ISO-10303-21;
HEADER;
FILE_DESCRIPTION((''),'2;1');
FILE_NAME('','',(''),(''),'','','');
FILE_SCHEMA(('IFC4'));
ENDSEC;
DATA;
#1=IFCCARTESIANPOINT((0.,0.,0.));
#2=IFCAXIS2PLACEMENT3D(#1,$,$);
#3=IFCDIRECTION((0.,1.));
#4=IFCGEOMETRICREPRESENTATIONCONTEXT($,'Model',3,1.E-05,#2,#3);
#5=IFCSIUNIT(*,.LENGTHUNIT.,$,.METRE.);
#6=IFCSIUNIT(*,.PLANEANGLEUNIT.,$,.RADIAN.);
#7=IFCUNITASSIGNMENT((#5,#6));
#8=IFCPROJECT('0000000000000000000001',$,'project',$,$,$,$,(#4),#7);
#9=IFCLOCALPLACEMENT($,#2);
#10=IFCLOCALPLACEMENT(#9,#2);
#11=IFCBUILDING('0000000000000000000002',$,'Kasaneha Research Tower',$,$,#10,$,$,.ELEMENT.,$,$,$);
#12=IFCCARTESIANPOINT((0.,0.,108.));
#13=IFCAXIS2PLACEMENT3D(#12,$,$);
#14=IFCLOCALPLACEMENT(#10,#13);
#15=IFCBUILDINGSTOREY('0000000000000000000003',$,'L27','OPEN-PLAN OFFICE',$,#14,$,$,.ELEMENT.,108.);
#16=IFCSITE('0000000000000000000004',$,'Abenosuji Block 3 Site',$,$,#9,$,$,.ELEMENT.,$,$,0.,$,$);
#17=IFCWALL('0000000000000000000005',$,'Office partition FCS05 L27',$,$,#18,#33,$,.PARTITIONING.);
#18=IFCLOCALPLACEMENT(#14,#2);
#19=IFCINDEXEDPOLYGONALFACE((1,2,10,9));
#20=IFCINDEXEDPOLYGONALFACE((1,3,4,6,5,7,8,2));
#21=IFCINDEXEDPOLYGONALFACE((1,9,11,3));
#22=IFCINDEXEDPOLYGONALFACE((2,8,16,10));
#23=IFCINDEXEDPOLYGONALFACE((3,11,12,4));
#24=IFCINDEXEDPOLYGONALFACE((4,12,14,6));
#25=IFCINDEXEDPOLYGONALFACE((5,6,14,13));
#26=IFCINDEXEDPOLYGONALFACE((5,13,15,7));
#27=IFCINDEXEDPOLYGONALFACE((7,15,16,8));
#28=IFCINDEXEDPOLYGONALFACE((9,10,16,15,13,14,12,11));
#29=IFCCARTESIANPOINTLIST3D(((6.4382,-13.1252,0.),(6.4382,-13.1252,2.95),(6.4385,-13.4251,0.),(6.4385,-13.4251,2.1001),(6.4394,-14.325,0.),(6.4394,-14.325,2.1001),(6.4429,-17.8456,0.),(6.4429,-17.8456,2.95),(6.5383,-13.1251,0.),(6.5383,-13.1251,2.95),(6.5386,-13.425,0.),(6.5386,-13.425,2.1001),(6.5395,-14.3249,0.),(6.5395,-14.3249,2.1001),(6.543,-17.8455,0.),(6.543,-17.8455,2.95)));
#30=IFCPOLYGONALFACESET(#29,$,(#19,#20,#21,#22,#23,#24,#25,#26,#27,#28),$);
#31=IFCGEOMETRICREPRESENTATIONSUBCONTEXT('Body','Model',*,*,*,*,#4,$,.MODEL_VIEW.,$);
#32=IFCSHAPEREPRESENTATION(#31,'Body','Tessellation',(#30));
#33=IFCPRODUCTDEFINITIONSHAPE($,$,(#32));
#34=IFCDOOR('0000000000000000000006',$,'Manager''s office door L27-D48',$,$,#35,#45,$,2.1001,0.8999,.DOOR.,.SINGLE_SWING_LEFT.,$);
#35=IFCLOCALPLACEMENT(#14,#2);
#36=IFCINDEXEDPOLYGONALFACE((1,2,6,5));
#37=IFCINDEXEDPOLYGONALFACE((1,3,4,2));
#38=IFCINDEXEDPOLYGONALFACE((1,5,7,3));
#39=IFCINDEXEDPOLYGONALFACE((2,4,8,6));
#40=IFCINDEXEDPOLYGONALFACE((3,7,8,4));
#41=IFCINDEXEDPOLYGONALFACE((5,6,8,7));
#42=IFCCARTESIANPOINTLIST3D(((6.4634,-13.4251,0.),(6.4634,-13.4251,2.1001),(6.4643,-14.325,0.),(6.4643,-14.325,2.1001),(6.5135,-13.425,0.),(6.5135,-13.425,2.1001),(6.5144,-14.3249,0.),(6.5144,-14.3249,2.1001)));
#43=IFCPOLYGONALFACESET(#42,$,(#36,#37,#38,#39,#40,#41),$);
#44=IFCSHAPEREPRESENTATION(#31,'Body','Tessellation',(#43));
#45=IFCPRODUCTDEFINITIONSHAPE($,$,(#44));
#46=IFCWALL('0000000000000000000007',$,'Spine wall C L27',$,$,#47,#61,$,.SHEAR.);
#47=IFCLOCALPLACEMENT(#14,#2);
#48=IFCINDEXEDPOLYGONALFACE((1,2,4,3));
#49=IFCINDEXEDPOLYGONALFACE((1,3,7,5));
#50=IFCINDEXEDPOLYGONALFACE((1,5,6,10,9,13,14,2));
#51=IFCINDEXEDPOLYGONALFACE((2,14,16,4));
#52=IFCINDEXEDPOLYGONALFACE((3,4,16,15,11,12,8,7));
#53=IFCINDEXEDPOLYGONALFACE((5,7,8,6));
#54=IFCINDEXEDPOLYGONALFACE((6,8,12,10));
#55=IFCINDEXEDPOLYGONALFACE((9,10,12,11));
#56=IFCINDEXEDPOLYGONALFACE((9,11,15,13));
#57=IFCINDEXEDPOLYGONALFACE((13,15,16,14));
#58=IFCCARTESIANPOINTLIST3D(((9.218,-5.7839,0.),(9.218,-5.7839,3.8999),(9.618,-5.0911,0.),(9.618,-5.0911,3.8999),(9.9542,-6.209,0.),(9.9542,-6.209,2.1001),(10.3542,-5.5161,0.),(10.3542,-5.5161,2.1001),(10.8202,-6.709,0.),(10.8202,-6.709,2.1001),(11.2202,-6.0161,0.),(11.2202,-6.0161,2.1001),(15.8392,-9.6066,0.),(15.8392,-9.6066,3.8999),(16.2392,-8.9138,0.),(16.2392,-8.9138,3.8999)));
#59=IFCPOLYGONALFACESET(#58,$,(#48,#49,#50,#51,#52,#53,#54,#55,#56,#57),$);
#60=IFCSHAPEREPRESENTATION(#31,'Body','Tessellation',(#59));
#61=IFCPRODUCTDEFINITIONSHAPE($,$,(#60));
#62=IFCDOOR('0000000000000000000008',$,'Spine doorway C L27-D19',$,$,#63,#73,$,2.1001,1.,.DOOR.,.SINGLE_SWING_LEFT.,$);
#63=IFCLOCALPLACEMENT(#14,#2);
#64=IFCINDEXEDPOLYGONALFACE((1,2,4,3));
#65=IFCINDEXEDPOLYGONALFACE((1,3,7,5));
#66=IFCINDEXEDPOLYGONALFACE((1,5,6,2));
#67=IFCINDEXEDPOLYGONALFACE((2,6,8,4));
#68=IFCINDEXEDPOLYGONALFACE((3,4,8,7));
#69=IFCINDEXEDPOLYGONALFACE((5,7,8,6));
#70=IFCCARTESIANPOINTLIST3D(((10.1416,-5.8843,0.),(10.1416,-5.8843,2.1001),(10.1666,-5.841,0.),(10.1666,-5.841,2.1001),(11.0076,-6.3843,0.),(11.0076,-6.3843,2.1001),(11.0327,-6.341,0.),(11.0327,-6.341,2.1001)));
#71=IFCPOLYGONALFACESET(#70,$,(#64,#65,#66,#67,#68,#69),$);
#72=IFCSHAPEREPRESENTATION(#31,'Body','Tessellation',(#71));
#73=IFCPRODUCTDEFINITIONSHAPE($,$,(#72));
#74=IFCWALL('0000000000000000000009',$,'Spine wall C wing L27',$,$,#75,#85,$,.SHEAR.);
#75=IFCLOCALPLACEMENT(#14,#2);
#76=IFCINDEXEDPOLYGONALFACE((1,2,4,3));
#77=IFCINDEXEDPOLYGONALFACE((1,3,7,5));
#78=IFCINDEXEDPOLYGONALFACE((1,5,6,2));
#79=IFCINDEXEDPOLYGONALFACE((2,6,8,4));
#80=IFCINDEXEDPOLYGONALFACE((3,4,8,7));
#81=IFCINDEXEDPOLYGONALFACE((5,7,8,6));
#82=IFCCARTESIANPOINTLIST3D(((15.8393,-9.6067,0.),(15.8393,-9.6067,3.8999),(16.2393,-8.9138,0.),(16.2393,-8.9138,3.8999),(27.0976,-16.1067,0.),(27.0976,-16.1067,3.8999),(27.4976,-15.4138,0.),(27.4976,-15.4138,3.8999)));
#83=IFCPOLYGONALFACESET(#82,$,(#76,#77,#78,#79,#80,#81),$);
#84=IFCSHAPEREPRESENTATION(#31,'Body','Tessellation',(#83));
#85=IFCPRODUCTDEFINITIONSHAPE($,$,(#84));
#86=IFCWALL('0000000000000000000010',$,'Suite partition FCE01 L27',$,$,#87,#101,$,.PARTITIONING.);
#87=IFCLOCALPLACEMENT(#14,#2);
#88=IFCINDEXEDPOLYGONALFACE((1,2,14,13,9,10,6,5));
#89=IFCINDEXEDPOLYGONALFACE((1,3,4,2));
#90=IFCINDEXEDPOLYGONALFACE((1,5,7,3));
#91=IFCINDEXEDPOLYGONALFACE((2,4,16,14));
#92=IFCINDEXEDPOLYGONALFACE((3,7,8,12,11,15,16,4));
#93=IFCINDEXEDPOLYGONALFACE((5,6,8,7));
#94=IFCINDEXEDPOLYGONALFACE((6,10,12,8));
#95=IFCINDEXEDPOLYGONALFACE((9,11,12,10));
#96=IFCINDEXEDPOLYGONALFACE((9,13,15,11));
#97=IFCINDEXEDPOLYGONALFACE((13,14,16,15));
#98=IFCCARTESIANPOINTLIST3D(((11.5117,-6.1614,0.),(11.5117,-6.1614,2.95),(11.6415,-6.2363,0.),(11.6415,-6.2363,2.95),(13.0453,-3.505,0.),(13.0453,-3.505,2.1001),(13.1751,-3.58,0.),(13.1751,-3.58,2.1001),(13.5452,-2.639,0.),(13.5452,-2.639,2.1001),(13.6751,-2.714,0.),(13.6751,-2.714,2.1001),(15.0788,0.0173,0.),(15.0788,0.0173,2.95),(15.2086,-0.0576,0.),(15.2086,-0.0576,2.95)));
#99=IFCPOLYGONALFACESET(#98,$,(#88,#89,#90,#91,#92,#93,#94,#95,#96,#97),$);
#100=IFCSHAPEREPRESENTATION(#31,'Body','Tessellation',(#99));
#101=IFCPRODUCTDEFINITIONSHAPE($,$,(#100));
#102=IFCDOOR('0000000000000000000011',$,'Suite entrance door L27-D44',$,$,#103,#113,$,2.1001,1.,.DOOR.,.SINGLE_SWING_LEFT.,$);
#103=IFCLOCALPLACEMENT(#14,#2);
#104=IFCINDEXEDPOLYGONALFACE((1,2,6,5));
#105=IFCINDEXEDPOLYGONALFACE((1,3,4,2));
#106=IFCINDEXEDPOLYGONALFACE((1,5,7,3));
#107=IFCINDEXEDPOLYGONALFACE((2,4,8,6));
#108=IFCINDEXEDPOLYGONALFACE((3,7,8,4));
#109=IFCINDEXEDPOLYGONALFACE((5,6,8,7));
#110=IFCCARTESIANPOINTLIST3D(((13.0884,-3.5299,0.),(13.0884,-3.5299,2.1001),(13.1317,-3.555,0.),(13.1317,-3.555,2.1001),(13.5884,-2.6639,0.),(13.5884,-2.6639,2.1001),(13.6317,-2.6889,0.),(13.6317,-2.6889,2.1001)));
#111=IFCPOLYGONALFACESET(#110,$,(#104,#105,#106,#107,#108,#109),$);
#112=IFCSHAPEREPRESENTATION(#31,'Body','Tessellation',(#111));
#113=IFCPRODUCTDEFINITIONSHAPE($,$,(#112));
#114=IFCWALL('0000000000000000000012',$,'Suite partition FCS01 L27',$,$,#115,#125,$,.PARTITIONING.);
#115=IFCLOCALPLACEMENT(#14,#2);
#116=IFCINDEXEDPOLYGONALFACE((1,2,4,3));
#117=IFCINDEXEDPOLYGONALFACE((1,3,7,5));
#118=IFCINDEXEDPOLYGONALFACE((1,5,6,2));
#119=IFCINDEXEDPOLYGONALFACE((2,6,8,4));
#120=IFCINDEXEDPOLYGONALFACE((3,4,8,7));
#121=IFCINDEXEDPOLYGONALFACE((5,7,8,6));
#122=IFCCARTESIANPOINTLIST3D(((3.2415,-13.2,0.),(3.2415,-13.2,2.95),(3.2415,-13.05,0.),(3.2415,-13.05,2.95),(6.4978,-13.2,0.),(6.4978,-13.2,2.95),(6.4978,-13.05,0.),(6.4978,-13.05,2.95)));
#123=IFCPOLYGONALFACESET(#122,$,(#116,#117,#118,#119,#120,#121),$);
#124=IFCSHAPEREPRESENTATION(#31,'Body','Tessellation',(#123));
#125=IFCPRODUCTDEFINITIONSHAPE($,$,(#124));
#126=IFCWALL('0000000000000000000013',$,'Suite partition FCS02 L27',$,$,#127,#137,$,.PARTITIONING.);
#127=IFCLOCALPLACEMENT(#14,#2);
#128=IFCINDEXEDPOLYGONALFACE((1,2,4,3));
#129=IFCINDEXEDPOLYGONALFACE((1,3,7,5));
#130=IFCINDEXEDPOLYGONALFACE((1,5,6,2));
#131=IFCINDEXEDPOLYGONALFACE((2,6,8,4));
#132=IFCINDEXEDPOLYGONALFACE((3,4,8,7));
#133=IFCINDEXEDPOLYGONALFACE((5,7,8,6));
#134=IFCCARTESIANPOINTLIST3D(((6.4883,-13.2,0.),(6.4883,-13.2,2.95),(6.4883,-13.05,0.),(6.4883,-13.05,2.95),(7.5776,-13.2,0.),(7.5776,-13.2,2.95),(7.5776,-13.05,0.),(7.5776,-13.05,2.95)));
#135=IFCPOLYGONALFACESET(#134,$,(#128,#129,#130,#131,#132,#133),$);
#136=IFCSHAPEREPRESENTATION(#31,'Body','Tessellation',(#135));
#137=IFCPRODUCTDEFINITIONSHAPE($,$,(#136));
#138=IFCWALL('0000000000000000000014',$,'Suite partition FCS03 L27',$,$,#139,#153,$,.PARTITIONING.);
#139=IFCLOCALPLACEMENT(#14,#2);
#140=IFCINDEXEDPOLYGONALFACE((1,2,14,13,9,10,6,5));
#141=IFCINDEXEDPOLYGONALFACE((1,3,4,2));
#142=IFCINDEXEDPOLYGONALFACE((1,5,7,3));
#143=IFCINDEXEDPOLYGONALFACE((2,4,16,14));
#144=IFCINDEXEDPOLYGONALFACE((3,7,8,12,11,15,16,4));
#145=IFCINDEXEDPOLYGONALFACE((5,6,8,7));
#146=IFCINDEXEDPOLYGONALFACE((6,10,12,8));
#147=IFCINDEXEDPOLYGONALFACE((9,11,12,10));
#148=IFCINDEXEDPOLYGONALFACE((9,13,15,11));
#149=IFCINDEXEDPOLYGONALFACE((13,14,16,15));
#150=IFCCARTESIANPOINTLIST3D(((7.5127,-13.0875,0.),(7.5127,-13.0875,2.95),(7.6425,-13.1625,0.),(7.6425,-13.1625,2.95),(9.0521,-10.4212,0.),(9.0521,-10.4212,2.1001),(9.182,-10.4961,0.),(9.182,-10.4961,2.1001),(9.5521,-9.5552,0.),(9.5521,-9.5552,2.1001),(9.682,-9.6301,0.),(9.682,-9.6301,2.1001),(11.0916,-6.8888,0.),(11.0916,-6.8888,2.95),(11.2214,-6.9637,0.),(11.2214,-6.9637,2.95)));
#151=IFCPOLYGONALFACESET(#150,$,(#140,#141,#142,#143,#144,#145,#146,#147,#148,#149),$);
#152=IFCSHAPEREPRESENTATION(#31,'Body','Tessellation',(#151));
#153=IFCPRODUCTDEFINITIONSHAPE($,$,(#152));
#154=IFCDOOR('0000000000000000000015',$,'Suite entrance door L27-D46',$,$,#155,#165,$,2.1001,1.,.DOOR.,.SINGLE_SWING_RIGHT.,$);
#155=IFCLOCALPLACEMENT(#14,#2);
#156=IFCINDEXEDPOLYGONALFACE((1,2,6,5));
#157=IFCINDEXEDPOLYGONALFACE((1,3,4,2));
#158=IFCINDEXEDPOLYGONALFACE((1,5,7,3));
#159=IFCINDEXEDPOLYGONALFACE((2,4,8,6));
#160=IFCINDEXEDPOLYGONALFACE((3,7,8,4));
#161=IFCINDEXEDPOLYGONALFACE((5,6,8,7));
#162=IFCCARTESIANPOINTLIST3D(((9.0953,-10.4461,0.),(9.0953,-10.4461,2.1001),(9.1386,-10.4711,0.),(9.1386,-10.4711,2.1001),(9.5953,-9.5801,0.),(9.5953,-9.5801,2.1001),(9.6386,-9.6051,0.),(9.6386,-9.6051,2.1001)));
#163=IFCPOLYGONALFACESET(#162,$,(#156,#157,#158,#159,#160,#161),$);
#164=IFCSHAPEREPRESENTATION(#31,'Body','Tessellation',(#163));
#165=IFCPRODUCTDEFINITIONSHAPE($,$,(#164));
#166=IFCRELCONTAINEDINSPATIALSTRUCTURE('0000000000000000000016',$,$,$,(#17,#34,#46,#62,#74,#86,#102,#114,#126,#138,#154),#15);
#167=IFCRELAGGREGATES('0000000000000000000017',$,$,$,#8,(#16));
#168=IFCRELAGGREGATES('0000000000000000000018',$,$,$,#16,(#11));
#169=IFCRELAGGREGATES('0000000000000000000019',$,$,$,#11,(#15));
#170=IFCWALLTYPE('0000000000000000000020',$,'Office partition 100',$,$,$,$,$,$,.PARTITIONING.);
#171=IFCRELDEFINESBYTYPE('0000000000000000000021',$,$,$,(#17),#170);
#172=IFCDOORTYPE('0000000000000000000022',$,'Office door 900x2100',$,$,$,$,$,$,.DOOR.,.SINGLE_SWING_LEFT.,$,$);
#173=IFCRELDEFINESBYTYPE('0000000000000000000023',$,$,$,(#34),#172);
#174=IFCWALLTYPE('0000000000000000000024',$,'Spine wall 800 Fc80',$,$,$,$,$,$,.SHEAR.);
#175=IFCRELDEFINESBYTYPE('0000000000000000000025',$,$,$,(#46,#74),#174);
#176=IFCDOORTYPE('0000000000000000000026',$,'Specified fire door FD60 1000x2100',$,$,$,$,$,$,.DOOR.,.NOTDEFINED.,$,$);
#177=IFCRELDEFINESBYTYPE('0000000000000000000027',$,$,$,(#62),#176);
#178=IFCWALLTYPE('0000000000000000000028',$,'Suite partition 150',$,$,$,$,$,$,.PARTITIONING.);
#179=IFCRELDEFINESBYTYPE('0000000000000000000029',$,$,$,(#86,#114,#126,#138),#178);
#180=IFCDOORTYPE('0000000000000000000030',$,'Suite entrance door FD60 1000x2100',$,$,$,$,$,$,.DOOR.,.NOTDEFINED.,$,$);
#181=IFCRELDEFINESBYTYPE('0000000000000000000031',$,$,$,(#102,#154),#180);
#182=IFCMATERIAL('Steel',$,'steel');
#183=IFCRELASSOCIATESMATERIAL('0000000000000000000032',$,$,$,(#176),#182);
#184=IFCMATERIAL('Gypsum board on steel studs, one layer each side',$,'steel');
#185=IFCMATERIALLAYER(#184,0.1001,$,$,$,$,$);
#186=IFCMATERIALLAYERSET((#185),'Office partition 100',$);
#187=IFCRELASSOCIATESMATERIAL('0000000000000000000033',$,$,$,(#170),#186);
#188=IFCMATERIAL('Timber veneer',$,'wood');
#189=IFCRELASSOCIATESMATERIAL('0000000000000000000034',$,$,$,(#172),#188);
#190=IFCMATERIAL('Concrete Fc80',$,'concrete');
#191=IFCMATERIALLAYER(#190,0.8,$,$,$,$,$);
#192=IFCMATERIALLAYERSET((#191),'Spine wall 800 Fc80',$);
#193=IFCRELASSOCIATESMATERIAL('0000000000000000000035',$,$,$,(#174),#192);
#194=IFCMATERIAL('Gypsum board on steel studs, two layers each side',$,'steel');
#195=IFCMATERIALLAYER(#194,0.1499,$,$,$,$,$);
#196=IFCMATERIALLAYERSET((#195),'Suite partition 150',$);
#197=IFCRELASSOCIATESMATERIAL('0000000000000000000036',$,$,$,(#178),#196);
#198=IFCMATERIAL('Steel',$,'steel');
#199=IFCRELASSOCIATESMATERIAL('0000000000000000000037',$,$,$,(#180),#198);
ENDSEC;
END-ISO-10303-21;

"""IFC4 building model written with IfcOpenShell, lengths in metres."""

from ifc_helpers import new_model, si_unit, direction, frame, frame_2d, origin, place, context, subcontext, project, spatial, rectangle, extrude, material, layer, layer_set, type_object, element, fill, save


model = new_model("IFC4")

# Units and contexts
model_context = context("Model", 3, precision=1e-05, world=origin(), true_north=direction((0.0, 1.0)))
body_context = subcontext(model_context, "Body", "Model", "MODEL_VIEW")
ifc_project = project(units=[si_unit("LENGTHUNIT", "METRE"), si_unit("PLANEANGLEUNIT", "RADIAN")], contexts=[model_context])

# Site, building, storey
site_placement = place(None, origin())
site = spatial("IfcSite", under=ifc_project, at=site_placement, Name="Abenosuji Block 3 Site", CompositionType="ELEMENT", RefElevation=0.0)
building_placement = place(site_placement, origin())
building = spatial("IfcBuilding", under=site, at=building_placement, Name="Kasaneha Research Tower", CompositionType="ELEMENT")
storey_placement = place(building_placement, frame((0.0, 0.0, 108.0)))
storey = spatial("IfcBuildingStorey", under=building, at=storey_placement, Name="L27", Description="OPEN-PLAN OFFICE", CompositionType="ELEMENT", Elevation=108.0)

# Shared definitions
ifc_material_1 = material(Name="Steel", Category="steel")
door_type_1 = type_object("IfcDoorType", Name="Specified fire door FD60 1000x2100", OperationType="NOTDEFINED", PredefinedType="DOOR", material=ifc_material_1)

# Walls, openings, doors
ifc_material_2 = material(Name="Gypsum board on steel studs, one layer each side", Category="steel")
ifc_layer_1 = layer(ifc_material_2, 0.1001)
ifc_layer_set_1 = layer_set([ifc_layer_1], Name="Office partition 100")
wall_type_1 = type_object("IfcWallType", Name="Office partition 100", PredefinedType="PARTITIONING", material=ifc_layer_set_1)
wall_1_placement = place(storey_placement, frame((6.4883, -13.125, 0.0), z_axis=(0.0, 0.0, 1.0), x_axis=(0.000983, -1.0, 0.0)))
wall_1 = element("IfcWall", 1, at=wall_1_placement, inside=storey, type_object=wall_type_1, Name="Office partition FCS05 L27", PredefinedType="PARTITIONING", context=body_context, shape_type="SweptSolid", body=[
    extrude(rectangle(XDim=4.7205, YDim=0.1001, at=frame_2d((2.3604, 0.0))), origin(), (0.0, 0.0, 1.0), 2.95),
])
opening_1_placement = place(wall_1_placement, frame((0.3, 0.0, 0.0)))
opening_1 = element("IfcOpeningElement", 2, at=opening_1_placement, cuts=wall_1, PredefinedType="OPENING", context=body_context, shape_type="SweptSolid", body=[
    extrude(rectangle(XDim=0.8999, YDim=2.1001, at=frame_2d((0.45, 1.05))), frame((0.0, 0.0601, 0.0), z_axis=(0.0, -1.0, 0.0), x_axis=(1.0, 0.0, 0.0)), (0.0, 0.0, 1.0), 0.1201),
])
ifc_material_3 = material(Name="Timber veneer", Category="wood")
door_type_2 = type_object("IfcDoorType", Name="Office door 900x2100", OperationType="SINGLE_SWING_LEFT", PredefinedType="DOOR", material=ifc_material_3)
door_1_placement = place(opening_1_placement, origin())
door_1 = element("IfcDoor", 3, at=door_1_placement, inside=storey, type_object=door_type_2, Name="Manager's office door L27-D48", OperationType="SINGLE_SWING_LEFT", OverallHeight=2.1001, OverallWidth=0.8999, PredefinedType="DOOR", context=body_context, shape_type="SweptSolid", body=[
    extrude(rectangle(XDim=0.8999, YDim=2.1001, at=frame_2d((0.45, 1.05))), frame((0.0, 0.0249, 0.0), z_axis=(0.0, -1.0, 0.0), x_axis=(1.0, 0.0, 0.0)), (0.0, 0.0, 1.0), 0.05),
])
fill(opening_1, door_1)
ifc_material_4 = material(Name="Concrete Fc80", Category="concrete")
ifc_layer_2 = layer(ifc_material_4, 0.8)
ifc_layer_set_2 = layer_set([ifc_layer_2], Name="Spine wall 800 Fc80")
wall_type_2 = type_object("IfcWallType", Name="Spine wall 800 Fc80", PredefinedType="SHEAR", material=ifc_layer_set_2)
wall_2_placement = place(storey_placement, frame((9.418, -5.4375, 0.0), z_axis=(0.0, 0.0, 1.0), x_axis=(0.86603, -0.499992, 0.0)))
wall_2 = element("IfcWall", 4, at=wall_2_placement, inside=storey, type_object=wall_type_2, Name="Spine wall C L27", PredefinedType="SHEAR", context=body_context, shape_type="SweptSolid", body=[
    extrude(rectangle(XDim=7.6455, YDim=0.8, at=frame_2d((3.8228, 0.0))), origin(), (0.0, 0.0, 1.0), 3.8999),
])
opening_2_placement = place(wall_2_placement, frame((0.8501, 0.0, 0.0)))
opening_2 = element("IfcOpeningElement", 5, at=opening_2_placement, cuts=wall_2, PredefinedType="OPENING", context=body_context, shape_type="SweptSolid", body=[
    extrude(rectangle(XDim=1.0, YDim=2.1001, at=frame_2d((0.5, 1.05))), frame((0.0, 0.4102, 0.0), z_axis=(0.0, -1.0, 0.0), x_axis=(1.0, 0.0, 0.0)), (0.0, 0.0, 1.0), 0.8201),
])
door_2_placement = place(opening_2_placement, origin())
door_2 = element("IfcDoor", 6, at=door_2_placement, inside=storey, type_object=door_type_1, Name="Spine doorway C L27-D19", OperationType="SINGLE_SWING_LEFT", OverallHeight=2.1001, OverallWidth=1.0, PredefinedType="DOOR", context=body_context, shape_type="SweptSolid", body=[
    extrude(rectangle(XDim=1.0, YDim=2.1001, at=frame_2d((0.5, 1.05))), frame((0.0, 0.0249, 0.0), z_axis=(0.0, -1.0, 0.0), x_axis=(1.0, 0.0, 0.0)), (0.0, 0.0, 1.0), 0.05),
])
fill(opening_2, door_2)

# Wall
wall_3_placement = place(storey_placement, frame((16.0393, -9.2603, 0.0), z_axis=(0.0, 0.0, 1.0), x_axis=(0.866025, -0.500001, 0.0)))
element("IfcWall", 7, at=wall_3_placement, inside=storey, type_object=wall_type_2, Name="Spine wall C wing L27", PredefinedType="SHEAR", context=body_context, shape_type="SweptSolid", body=[
    extrude(rectangle(XDim=13.0, YDim=0.8, at=frame_2d((6.5, 0.0))), origin(), (0.0, 0.0, 1.0), 3.8999),
])

# Wall, opening, door
ifc_material_5 = material(Name="Gypsum board on steel studs, two layers each side", Category="steel")
ifc_layer_3 = layer(ifc_material_5, 0.1499)
ifc_layer_set_3 = layer_set([ifc_layer_3], Name="Suite partition 150")
wall_type_3 = type_object("IfcWallType", Name="Suite partition 150", PredefinedType="PARTITIONING", material=ifc_layer_set_3)
wall_4_placement = place(storey_placement, frame((15.1438, -0.02, 0.0), z_axis=(0.0, 0.0, 1.0), x_axis=(-0.499985, -0.866034, 0.0)))
wall_4 = element("IfcWall", 8, at=wall_4_placement, inside=storey, type_object=wall_type_3, Name="Suite partition FCE01 L27", PredefinedType="PARTITIONING", context=body_context, shape_type="SweptSolid", body=[
    extrude(rectangle(XDim=7.1345, YDim=0.1499, at=frame_2d((3.5674, 0.0))), origin(), (0.0, 0.0, 1.0), 2.95),
])
opening_3_placement = place(wall_4_placement, frame((3.0674, 0.0, 0.0)))
opening_3 = element("IfcOpeningElement", 9, at=opening_3_placement, cuts=wall_4, PredefinedType="OPENING", context=body_context, shape_type="SweptSolid", body=[
    extrude(rectangle(XDim=1.0, YDim=2.1001, at=frame_2d((0.5, 1.05))), frame((0.0, 0.085, 0.0), z_axis=(0.0, -1.0, 0.0), x_axis=(1.0, 0.0, 0.0)), (0.0, 0.0, 1.0), 0.1699),
])
ifc_material_6 = material(Name="Steel", Category="steel")
door_type_3 = type_object("IfcDoorType", Name="Suite entrance door FD60 1000x2100", OperationType="NOTDEFINED", PredefinedType="DOOR", material=ifc_material_6)
door_3_placement = place(opening_3_placement, origin())
door_3 = element("IfcDoor", 10, at=door_3_placement, inside=storey, type_object=door_type_3, Name="Suite entrance door L27-D44", OperationType="SINGLE_SWING_LEFT", OverallHeight=2.1001, OverallWidth=1.0, PredefinedType="DOOR", context=body_context, shape_type="SweptSolid", body=[
    extrude(rectangle(XDim=1.0, YDim=2.1001, at=frame_2d((0.5, 1.05))), frame((0.0, 0.0249, 0.0), z_axis=(0.0, -1.0, 0.0), x_axis=(1.0, 0.0, 0.0)), (0.0, 0.0, 1.0), 0.05),
])
fill(opening_3, door_3)

# Walls
wall_5_placement = place(storey_placement, frame((6.4978, -13.125, 0.0), z_axis=(0.0, 0.0, 1.0), x_axis=(-1.0, 0.0, 0.0)))
element("IfcWall", 11, at=wall_5_placement, inside=storey, type_object=wall_type_3, Name="Suite partition FCS01 L27", PredefinedType="PARTITIONING", context=body_context, shape_type="SweptSolid", body=[
    extrude(rectangle(XDim=3.2563, YDim=0.1499, at=frame_2d((1.6282, 0.0))), origin(), (0.0, 0.0, 1.0), 2.95),
])
wall_6_placement = place(storey_placement, frame((7.5776, -13.125, 0.0), z_axis=(0.0, 0.0, 1.0), x_axis=(-1.0, 0.0, 0.0)))
element("IfcWall", 12, at=wall_6_placement, inside=storey, type_object=wall_type_3, Name="Suite partition FCS02 L27", PredefinedType="PARTITIONING", context=body_context, shape_type="SweptSolid", body=[
    extrude(rectangle(XDim=1.0894, YDim=0.1499, at=frame_2d((0.5447, 0.0))), origin(), (0.0, 0.0, 1.0), 2.95),
])

# Wall, opening, door
wall_7_placement = place(storey_placement, frame((11.1565, -6.9263, 0.0), z_axis=(0.0, 0.0, 1.0), x_axis=(-0.500002, -0.866024, 0.0)))
wall_7 = element("IfcWall", 13, at=wall_7_placement, inside=storey, type_object=wall_type_3, Name="Suite partition FCS03 L27", PredefinedType="PARTITIONING", context=body_context, shape_type="SweptSolid", body=[
    extrude(rectangle(XDim=7.1577, YDim=0.1499, at=frame_2d((3.5789, 0.0))), origin(), (0.0, 0.0, 1.0), 2.95),
])
opening_4_placement = place(wall_7_placement, frame((3.0789, 0.0, 0.0)))
opening_4 = element("IfcOpeningElement", 14, at=opening_4_placement, cuts=wall_7, PredefinedType="OPENING", context=body_context, shape_type="SweptSolid", body=[
    extrude(rectangle(XDim=1.0, YDim=2.1001, at=frame_2d((0.5, 1.05))), frame((0.0, 0.085, 0.0), z_axis=(0.0, -1.0, 0.0), x_axis=(1.0, 0.0, 0.0)), (0.0, 0.0, 1.0), 0.1699),
])
door_4_placement = place(opening_4_placement, origin())
door_4 = element("IfcDoor", 15, at=door_4_placement, inside=storey, type_object=door_type_3, Name="Suite entrance door L27-D46", OperationType="SINGLE_SWING_RIGHT", OverallHeight=2.1001, OverallWidth=1.0, PredefinedType="DOOR", context=body_context, shape_type="SweptSolid", body=[
    extrude(rectangle(XDim=1.0, YDim=2.1001, at=frame_2d((0.5, 1.05))), frame((0.0, 0.0249, 0.0), z_axis=(0.0, -1.0, 0.0), x_axis=(1.0, 0.0, 0.0)), (0.0, 0.0, 1.0), 0.05),
])
fill(opening_4, door_4)

save(model, "model.ifc")
